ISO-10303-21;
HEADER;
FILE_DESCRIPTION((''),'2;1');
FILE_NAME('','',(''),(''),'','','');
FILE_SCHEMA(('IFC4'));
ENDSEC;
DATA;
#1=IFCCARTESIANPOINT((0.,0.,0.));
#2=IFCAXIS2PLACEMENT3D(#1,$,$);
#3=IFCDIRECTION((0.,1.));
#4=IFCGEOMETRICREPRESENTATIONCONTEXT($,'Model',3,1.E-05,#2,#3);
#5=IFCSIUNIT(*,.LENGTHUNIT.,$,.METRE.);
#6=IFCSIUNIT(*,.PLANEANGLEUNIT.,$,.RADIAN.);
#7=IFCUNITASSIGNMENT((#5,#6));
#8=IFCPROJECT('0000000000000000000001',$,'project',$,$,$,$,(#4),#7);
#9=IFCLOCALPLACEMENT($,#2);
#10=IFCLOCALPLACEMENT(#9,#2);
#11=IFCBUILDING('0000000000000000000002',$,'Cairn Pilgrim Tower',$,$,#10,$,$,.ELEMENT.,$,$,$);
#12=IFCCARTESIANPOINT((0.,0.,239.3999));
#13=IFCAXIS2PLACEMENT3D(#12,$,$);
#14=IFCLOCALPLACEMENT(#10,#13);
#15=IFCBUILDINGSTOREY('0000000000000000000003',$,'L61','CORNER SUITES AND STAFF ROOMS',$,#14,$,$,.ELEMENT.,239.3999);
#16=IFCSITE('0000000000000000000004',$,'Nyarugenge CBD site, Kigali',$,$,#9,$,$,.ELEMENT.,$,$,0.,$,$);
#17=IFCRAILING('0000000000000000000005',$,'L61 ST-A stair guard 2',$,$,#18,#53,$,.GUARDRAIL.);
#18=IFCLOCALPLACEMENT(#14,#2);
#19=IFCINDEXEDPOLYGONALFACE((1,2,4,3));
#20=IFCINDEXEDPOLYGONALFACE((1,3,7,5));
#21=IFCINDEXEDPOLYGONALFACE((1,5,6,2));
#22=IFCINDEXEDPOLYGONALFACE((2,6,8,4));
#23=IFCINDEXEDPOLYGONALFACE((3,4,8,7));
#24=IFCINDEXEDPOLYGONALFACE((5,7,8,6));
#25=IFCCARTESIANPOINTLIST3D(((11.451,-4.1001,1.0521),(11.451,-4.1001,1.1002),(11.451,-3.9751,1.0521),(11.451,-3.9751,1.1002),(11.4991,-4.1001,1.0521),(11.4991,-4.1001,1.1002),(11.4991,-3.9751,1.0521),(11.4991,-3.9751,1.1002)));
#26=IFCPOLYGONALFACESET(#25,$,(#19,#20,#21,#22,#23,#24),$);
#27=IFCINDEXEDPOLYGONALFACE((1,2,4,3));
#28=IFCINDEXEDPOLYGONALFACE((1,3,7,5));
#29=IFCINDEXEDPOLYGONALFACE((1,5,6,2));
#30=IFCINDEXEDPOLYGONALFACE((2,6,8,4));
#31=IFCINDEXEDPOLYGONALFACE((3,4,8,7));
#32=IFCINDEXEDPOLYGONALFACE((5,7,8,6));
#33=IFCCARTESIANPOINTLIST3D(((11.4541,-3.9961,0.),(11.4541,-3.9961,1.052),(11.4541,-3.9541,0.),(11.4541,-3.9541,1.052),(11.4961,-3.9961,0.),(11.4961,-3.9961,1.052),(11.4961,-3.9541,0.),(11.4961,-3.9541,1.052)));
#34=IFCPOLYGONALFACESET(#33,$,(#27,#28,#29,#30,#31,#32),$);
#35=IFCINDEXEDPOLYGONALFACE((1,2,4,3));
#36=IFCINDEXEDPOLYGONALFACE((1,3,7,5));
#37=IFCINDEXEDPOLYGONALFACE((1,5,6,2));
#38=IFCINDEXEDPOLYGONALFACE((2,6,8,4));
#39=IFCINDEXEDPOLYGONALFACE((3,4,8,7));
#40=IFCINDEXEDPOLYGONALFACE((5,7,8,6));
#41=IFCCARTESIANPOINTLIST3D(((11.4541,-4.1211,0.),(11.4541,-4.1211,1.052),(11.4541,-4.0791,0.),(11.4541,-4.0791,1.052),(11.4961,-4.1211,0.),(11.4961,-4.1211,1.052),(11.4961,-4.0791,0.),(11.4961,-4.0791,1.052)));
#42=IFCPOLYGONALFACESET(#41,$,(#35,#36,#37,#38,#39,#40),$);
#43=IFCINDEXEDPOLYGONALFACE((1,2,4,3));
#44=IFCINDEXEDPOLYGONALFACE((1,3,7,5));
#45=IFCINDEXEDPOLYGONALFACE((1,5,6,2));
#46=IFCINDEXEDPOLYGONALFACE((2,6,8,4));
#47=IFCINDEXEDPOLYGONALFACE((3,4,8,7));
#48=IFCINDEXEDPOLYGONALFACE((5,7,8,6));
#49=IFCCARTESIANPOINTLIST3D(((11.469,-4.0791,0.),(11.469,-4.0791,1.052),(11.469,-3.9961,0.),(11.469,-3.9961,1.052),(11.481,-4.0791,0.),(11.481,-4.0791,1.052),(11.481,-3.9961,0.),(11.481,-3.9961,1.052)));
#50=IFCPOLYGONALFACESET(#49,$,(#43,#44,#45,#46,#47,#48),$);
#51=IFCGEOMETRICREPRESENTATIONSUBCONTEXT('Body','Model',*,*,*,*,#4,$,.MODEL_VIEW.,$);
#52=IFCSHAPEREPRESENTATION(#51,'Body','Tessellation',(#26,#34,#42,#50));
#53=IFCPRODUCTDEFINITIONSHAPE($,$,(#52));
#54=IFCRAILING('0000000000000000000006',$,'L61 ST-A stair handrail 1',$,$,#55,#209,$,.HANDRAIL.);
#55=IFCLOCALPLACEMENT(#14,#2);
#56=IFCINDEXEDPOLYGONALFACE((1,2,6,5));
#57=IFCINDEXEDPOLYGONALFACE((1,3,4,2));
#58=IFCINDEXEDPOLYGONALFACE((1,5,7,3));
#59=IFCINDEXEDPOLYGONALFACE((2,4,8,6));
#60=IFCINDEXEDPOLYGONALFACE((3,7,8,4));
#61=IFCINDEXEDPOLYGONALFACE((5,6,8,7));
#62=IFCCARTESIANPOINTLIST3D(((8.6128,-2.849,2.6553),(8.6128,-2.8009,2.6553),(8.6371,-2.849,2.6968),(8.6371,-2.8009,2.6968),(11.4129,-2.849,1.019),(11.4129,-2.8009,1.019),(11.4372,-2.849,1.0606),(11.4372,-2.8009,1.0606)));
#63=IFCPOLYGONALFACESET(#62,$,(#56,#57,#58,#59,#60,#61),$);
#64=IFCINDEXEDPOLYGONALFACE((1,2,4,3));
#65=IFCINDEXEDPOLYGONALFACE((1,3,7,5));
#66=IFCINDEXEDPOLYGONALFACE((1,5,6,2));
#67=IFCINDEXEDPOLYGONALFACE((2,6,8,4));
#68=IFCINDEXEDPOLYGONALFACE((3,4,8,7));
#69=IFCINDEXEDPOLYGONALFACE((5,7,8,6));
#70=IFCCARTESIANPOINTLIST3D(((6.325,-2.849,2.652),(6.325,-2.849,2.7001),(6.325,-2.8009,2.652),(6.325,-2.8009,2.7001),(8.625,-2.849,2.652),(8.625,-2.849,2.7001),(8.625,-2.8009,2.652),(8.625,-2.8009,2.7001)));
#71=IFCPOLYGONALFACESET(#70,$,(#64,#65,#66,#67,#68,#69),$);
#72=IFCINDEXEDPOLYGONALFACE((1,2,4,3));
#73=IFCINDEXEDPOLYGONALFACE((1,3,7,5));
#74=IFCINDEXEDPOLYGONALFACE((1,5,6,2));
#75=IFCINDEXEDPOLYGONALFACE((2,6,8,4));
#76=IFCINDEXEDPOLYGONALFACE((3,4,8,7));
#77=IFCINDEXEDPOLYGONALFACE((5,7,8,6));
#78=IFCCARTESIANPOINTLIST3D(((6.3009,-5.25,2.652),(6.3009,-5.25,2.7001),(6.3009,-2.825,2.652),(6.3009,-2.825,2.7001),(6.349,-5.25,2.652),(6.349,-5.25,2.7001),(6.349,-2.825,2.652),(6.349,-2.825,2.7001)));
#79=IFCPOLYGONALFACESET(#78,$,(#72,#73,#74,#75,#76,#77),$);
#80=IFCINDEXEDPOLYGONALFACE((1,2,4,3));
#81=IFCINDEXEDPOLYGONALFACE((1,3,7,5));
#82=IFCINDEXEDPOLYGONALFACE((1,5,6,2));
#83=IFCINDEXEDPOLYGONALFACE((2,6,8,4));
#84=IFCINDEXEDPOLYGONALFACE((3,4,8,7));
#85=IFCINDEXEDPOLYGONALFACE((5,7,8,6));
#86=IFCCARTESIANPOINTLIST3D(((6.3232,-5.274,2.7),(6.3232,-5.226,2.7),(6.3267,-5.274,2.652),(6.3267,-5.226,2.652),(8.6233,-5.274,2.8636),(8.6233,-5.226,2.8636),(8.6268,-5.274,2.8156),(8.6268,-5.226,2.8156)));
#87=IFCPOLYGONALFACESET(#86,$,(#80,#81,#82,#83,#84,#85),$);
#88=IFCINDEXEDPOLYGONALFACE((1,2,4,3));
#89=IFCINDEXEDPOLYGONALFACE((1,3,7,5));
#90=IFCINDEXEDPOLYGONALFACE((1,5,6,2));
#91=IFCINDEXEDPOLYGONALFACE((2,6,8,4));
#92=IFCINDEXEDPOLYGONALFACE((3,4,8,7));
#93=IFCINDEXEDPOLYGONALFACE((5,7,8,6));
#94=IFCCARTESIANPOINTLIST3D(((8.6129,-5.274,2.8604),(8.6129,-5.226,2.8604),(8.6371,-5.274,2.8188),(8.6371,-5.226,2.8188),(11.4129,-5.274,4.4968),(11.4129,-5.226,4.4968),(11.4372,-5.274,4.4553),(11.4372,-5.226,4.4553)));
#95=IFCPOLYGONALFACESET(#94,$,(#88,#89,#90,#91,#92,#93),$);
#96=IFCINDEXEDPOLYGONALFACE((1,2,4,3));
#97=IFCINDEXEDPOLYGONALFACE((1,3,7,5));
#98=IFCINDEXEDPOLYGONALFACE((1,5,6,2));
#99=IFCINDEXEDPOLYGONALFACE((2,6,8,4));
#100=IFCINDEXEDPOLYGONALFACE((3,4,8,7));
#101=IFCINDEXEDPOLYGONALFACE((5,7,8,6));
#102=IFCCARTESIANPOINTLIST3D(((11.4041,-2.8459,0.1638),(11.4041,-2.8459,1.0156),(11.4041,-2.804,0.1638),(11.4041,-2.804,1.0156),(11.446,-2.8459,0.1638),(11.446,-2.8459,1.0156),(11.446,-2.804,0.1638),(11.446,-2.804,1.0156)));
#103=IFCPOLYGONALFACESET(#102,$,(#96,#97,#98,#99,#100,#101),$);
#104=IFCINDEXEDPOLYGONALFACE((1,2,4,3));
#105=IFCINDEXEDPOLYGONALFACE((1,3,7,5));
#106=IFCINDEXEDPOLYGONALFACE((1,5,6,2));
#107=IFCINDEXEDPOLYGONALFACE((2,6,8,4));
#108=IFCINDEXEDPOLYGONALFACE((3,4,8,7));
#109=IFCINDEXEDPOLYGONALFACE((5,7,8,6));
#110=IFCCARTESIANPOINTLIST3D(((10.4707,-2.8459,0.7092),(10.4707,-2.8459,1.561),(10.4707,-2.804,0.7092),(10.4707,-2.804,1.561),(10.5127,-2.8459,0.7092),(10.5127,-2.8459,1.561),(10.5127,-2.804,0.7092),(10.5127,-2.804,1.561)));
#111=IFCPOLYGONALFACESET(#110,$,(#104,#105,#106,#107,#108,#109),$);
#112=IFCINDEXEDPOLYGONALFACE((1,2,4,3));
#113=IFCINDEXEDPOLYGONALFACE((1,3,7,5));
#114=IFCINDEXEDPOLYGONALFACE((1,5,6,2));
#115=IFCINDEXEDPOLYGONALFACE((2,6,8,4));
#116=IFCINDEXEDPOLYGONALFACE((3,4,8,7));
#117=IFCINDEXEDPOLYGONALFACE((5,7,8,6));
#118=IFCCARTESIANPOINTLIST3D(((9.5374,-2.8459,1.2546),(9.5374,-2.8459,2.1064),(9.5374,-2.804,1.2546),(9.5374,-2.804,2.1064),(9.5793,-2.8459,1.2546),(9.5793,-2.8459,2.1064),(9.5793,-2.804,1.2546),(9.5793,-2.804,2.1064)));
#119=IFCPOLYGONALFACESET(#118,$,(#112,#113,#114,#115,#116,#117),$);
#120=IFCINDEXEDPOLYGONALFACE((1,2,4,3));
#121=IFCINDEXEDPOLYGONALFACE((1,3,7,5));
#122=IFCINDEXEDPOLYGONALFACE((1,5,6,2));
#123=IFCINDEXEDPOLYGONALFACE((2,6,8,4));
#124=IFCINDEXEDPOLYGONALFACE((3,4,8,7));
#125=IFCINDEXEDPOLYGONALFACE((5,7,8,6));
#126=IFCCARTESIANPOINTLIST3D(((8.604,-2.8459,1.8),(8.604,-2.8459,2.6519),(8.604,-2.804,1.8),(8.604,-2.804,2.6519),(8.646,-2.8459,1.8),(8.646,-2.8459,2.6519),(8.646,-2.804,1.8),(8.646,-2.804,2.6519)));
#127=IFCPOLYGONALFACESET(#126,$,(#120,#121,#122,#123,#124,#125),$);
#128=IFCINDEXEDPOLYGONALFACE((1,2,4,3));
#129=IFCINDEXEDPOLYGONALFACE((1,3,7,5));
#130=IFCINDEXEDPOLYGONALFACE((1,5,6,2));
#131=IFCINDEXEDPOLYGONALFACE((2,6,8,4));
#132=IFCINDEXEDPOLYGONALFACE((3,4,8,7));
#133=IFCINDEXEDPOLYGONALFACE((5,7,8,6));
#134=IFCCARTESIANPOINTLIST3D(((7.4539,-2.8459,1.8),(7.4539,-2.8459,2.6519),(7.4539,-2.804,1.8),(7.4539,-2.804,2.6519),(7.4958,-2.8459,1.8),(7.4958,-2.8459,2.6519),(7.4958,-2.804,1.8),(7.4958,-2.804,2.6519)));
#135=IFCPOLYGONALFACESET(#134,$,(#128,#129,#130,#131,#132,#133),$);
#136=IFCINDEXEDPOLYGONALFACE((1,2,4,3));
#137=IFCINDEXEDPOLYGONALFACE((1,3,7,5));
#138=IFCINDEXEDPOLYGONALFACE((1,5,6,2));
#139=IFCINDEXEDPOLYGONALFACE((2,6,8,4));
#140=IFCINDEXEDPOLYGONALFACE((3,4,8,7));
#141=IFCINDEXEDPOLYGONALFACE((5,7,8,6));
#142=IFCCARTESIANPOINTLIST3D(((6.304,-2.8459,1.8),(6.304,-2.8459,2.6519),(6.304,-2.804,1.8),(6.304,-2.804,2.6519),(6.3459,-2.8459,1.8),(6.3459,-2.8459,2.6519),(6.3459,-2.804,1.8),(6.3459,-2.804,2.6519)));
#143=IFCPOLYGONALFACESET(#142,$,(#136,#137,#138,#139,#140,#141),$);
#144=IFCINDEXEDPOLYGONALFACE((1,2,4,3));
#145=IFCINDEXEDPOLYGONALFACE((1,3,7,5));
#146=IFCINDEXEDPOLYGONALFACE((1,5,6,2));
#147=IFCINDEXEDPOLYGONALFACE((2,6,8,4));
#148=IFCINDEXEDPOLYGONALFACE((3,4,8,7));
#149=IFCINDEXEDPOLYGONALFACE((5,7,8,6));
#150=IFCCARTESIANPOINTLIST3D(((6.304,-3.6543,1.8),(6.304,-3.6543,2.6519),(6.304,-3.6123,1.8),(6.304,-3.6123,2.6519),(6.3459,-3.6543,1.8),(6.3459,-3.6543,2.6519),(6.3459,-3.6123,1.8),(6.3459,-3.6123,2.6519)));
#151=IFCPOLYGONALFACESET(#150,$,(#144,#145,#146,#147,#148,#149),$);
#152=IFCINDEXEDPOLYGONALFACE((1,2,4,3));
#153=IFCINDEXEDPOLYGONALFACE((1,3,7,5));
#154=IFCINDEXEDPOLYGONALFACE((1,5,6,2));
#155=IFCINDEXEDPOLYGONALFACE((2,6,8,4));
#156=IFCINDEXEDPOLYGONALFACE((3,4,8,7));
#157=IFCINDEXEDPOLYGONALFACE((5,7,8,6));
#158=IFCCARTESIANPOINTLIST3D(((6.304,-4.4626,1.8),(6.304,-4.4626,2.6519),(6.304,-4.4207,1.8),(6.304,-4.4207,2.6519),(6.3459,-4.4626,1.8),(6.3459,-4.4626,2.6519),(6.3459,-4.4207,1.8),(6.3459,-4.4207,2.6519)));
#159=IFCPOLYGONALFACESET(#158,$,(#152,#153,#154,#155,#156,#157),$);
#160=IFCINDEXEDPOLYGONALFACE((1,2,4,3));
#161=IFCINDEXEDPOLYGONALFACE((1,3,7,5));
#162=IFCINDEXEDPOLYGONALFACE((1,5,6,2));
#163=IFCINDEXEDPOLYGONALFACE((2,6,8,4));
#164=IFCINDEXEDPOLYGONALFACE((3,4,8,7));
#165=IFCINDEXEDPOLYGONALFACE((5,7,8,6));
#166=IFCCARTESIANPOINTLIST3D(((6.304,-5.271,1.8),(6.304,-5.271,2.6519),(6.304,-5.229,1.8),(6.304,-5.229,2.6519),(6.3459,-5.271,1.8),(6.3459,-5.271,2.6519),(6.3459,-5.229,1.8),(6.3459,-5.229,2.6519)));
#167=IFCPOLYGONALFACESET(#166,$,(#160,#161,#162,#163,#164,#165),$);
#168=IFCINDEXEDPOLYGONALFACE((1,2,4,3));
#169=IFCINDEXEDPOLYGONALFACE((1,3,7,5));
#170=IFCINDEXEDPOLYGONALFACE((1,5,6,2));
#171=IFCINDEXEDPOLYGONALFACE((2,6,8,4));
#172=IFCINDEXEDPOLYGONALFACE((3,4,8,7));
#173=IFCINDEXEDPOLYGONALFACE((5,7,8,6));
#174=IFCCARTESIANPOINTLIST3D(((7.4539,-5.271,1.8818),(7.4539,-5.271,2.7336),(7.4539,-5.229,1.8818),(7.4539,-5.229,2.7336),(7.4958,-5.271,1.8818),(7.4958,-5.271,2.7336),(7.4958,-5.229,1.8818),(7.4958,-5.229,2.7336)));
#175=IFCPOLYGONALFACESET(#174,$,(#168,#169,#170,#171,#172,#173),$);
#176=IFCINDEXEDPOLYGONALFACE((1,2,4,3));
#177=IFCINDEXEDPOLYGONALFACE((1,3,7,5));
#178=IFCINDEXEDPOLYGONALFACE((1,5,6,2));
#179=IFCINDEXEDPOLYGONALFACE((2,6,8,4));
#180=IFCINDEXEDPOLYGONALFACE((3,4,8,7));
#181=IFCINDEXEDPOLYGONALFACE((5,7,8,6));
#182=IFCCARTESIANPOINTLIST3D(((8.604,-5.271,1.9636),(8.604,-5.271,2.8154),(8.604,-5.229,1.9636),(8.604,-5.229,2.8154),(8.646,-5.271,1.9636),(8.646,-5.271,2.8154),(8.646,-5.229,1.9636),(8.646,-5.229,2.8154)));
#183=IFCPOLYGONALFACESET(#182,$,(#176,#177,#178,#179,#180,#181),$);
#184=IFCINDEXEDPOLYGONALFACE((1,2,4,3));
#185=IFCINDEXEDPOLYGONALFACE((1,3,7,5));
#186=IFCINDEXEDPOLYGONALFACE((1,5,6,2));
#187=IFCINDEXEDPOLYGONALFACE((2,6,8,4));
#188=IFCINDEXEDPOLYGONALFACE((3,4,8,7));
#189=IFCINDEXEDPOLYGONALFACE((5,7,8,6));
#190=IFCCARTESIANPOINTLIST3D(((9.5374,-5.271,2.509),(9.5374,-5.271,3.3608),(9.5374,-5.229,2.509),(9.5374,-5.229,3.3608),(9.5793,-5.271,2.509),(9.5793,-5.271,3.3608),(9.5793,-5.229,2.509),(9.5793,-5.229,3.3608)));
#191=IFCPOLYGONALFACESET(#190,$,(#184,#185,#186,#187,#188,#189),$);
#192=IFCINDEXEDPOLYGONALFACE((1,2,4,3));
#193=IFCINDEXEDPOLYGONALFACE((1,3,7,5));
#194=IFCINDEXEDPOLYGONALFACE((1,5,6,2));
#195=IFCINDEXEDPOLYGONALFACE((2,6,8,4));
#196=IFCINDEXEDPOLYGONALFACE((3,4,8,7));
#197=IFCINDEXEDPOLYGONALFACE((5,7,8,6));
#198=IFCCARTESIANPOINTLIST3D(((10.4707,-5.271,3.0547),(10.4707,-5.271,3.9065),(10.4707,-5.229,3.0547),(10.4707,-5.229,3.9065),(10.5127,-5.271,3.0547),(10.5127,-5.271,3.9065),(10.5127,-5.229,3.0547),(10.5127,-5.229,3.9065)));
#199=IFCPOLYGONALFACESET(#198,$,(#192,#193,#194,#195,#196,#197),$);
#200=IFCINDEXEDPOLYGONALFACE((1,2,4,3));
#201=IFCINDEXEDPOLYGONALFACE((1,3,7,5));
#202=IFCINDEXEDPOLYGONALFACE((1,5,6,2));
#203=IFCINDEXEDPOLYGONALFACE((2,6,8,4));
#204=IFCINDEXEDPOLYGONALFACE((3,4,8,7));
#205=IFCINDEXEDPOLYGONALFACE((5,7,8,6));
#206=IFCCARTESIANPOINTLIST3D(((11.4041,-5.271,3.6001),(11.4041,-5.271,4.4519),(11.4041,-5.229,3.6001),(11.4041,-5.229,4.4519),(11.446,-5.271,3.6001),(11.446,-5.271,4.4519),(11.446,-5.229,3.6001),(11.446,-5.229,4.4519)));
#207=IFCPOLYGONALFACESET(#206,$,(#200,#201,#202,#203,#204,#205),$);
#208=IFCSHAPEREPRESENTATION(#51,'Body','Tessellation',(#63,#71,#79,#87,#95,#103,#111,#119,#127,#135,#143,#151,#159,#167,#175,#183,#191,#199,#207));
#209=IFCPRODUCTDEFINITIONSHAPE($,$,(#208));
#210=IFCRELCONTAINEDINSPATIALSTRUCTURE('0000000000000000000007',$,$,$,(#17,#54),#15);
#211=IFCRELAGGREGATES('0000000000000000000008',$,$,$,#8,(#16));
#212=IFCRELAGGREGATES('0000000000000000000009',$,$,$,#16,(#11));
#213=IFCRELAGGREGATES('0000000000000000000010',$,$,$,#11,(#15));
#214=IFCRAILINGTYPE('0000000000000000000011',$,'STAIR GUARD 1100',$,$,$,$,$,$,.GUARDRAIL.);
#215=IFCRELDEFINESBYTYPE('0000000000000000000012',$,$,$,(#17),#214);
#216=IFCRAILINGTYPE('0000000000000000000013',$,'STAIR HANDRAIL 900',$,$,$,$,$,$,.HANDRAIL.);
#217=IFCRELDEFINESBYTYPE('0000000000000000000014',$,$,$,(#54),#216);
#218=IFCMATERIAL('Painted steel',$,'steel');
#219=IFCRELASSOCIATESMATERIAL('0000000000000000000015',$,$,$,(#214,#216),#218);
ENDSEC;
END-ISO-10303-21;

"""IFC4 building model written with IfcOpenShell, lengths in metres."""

from ifc_helpers import new_model, si_unit, direction, frame, origin, origin_2d, place, context, subcontext, project, spatial, polyline, rectangle, outline, extrude, material, type_object, element, save


model = new_model("IFC4")

# Units and contexts
model_context = context("Model", 3, precision=1e-05, world=origin(), true_north=direction((0.0, 1.0)))
body_context = subcontext(model_context, "Body", "Model", "MODEL_VIEW")
ifc_project = project(units=[si_unit("LENGTHUNIT", "METRE"), si_unit("PLANEANGLEUNIT", "RADIAN")], contexts=[model_context])

# Site, building, storey
site_placement = place(None, origin())
site = spatial("IfcSite", under=ifc_project, at=site_placement, Name="Nyarugenge CBD site, Kigali", CompositionType="ELEMENT", RefElevation=0.0)
building_placement = place(site_placement, origin())
building = spatial("IfcBuilding", under=site, at=building_placement, Name="Cairn Pilgrim Tower", CompositionType="ELEMENT")
storey_placement = place(building_placement, frame((0.0, 0.0, 239.3999)))
storey = spatial("IfcBuildingStorey", under=building, at=storey_placement, Name="L61", Description="CORNER SUITES AND STAFF ROOMS", CompositionType="ELEMENT", Elevation=239.3999)

# Shared definitions
ifc_material_1 = material(Name="Painted steel", Category="steel")

# Railings
railing_type_1 = type_object("IfcRailingType", Name="STAIR GUARD 1100", PredefinedType="GUARDRAIL", material=ifc_material_1)
railing_1_placement = place(storey_placement, frame((11.4751, -3.9751, 0.0)))
element("IfcRailing", 1, at=railing_1_placement, inside=storey, type_object=railing_type_1, Name="L61 ST-A stair guard 2", PredefinedType="GUARDRAIL", context=body_context, shape_type="SweptSolid", body=[
    extrude(rectangle(XDim=0.0481, YDim=0.0481, at=origin_2d()), frame((0.0, 0.0, 1.0762), z_axis=(0.0, -1.0, 0.0), x_axis=(1.0, 0.0, 0.0)), (0.0, 0.0, 1.0), 0.125),
    extrude(rectangle(XDim=0.042, YDim=0.042, at=origin_2d()), origin(), (0.0, 0.0, 1.0), 1.052),
    extrude(rectangle(XDim=0.042, YDim=0.042, at=origin_2d()), frame((0.0, -0.125, 0.0)), (0.0, 0.0, 1.0), 1.052),
    extrude(outline(polyline([(0.021, 0.0), (0.104, 0.0), (0.104, 1.052), (0.021, 1.052), (0.021, 0.0)])), frame((0.0059, 0.0, 0.0), z_axis=(-1.0, 0.0, 0.0), x_axis=(0.0, -1.0, 0.0)), (0.0, 0.0, 1.0), 0.012),
])
railing_type_2 = type_object("IfcRailingType", Name="STAIR HANDRAIL 900", PredefinedType="HANDRAIL", material=ifc_material_1)
railing_2_placement = place(storey_placement, frame((11.425, -2.825, 0.1638)))
element("IfcRailing", 2, at=railing_2_placement, inside=storey, type_object=railing_type_2, Name="L61 ST-A stair handrail 1", PredefinedType="HANDRAIL", context=body_context, shape_type="SweptSolid", body=[
    extrude(rectangle(XDim=0.0481, YDim=0.0481, at=origin_2d()), frame((0.0, 0.0, 0.876), z_axis=(-0.863394, 0.0, 0.504531), x_axis=(0.0, -1.0, 0.0)), (0.0, 0.0, 1.0), 3.2432),
    extrude(rectangle(XDim=0.0481, YDim=0.0481, at=origin_2d()), frame((-2.8, 0.0, 2.5122), z_axis=(-1.0, 0.0, 0.0), x_axis=(0.0, -1.0, 0.0)), (0.0, 0.0, 1.0), 2.3),
    extrude(rectangle(XDim=0.0481, YDim=0.0481, at=origin_2d()), frame((-5.1001, 0.0, 2.5122), z_axis=(0.0, -1.0, 0.0), x_axis=(1.0, 0.0, 0.0)), (0.0, 0.0, 1.0), 2.425),
    extrude(rectangle(XDim=0.0481, YDim=0.0481, at=origin_2d()), frame((-5.1001, -2.425, 2.5122), z_axis=(0.997481, 0.0, 0.070939), x_axis=(0.0, 1.0, 0.0)), (0.0, 0.0, 1.0), 2.3059),
    extrude(rectangle(XDim=0.0481, YDim=0.0481, at=origin_2d()), frame((-2.8, -2.425, 2.6758), z_axis=(0.863361, 0.0, 0.504587), x_axis=(0.0, 1.0, 0.0)), (0.0, 0.0, 1.0), 3.2432),
    extrude(rectangle(XDim=0.042, YDim=0.042, at=origin_2d()), origin(), (0.0, 0.0, 1.0), 0.8518),
    extrude(rectangle(XDim=0.042, YDim=0.042, at=origin_2d()), frame((-0.9333, 0.0, 0.5454)), (0.0, 0.0, 1.0), 0.8518),
    extrude(rectangle(XDim=0.042, YDim=0.042, at=origin_2d()), frame((-1.8667, 0.0, 1.0908)), (0.0, 0.0, 1.0), 0.8518),
    extrude(rectangle(XDim=0.042, YDim=0.042, at=origin_2d()), frame((-2.8, 0.0, 1.6362)), (0.0, 0.0, 1.0), 0.8518),
    extrude(rectangle(XDim=0.042, YDim=0.042, at=origin_2d()), frame((-3.9502, 0.0, 1.6362)), (0.0, 0.0, 1.0), 0.8518),
    extrude(rectangle(XDim=0.042, YDim=0.042, at=origin_2d()), frame((-5.1001, 0.0, 1.6362)), (0.0, 0.0, 1.0), 0.8518),
    extrude(rectangle(XDim=0.042, YDim=0.042, at=origin_2d()), frame((-5.1001, -0.8083, 1.6362)), (0.0, 0.0, 1.0), 0.8518),
    extrude(rectangle(XDim=0.042, YDim=0.042, at=origin_2d()), frame((-5.1001, -1.6167, 1.6362)), (0.0, 0.0, 1.0), 0.8518),
    extrude(rectangle(XDim=0.042, YDim=0.042, at=origin_2d()), frame((-5.1001, -2.425, 1.6362)), (0.0, 0.0, 1.0), 0.8518),
    extrude(rectangle(XDim=0.042, YDim=0.042, at=origin_2d()), frame((-3.9502, -2.425, 1.718)), (0.0, 0.0, 1.0), 0.8518),
    extrude(rectangle(XDim=0.042, YDim=0.042, at=origin_2d()), frame((-2.8, -2.425, 1.7998)), (0.0, 0.0, 1.0), 0.8518),
    extrude(rectangle(XDim=0.042, YDim=0.042, at=origin_2d()), frame((-1.8667, -2.425, 2.3452)), (0.0, 0.0, 1.0), 0.8518),
    extrude(rectangle(XDim=0.042, YDim=0.042, at=origin_2d()), frame((-0.9333, -2.425, 2.8909)), (0.0, 0.0, 1.0), 0.8518),
    extrude(rectangle(XDim=0.042, YDim=0.042, at=origin_2d()), frame((0.0, -2.425, 3.4363)), (0.0, 0.0, 1.0), 0.8518),
])

save(model, "model.ifc")
